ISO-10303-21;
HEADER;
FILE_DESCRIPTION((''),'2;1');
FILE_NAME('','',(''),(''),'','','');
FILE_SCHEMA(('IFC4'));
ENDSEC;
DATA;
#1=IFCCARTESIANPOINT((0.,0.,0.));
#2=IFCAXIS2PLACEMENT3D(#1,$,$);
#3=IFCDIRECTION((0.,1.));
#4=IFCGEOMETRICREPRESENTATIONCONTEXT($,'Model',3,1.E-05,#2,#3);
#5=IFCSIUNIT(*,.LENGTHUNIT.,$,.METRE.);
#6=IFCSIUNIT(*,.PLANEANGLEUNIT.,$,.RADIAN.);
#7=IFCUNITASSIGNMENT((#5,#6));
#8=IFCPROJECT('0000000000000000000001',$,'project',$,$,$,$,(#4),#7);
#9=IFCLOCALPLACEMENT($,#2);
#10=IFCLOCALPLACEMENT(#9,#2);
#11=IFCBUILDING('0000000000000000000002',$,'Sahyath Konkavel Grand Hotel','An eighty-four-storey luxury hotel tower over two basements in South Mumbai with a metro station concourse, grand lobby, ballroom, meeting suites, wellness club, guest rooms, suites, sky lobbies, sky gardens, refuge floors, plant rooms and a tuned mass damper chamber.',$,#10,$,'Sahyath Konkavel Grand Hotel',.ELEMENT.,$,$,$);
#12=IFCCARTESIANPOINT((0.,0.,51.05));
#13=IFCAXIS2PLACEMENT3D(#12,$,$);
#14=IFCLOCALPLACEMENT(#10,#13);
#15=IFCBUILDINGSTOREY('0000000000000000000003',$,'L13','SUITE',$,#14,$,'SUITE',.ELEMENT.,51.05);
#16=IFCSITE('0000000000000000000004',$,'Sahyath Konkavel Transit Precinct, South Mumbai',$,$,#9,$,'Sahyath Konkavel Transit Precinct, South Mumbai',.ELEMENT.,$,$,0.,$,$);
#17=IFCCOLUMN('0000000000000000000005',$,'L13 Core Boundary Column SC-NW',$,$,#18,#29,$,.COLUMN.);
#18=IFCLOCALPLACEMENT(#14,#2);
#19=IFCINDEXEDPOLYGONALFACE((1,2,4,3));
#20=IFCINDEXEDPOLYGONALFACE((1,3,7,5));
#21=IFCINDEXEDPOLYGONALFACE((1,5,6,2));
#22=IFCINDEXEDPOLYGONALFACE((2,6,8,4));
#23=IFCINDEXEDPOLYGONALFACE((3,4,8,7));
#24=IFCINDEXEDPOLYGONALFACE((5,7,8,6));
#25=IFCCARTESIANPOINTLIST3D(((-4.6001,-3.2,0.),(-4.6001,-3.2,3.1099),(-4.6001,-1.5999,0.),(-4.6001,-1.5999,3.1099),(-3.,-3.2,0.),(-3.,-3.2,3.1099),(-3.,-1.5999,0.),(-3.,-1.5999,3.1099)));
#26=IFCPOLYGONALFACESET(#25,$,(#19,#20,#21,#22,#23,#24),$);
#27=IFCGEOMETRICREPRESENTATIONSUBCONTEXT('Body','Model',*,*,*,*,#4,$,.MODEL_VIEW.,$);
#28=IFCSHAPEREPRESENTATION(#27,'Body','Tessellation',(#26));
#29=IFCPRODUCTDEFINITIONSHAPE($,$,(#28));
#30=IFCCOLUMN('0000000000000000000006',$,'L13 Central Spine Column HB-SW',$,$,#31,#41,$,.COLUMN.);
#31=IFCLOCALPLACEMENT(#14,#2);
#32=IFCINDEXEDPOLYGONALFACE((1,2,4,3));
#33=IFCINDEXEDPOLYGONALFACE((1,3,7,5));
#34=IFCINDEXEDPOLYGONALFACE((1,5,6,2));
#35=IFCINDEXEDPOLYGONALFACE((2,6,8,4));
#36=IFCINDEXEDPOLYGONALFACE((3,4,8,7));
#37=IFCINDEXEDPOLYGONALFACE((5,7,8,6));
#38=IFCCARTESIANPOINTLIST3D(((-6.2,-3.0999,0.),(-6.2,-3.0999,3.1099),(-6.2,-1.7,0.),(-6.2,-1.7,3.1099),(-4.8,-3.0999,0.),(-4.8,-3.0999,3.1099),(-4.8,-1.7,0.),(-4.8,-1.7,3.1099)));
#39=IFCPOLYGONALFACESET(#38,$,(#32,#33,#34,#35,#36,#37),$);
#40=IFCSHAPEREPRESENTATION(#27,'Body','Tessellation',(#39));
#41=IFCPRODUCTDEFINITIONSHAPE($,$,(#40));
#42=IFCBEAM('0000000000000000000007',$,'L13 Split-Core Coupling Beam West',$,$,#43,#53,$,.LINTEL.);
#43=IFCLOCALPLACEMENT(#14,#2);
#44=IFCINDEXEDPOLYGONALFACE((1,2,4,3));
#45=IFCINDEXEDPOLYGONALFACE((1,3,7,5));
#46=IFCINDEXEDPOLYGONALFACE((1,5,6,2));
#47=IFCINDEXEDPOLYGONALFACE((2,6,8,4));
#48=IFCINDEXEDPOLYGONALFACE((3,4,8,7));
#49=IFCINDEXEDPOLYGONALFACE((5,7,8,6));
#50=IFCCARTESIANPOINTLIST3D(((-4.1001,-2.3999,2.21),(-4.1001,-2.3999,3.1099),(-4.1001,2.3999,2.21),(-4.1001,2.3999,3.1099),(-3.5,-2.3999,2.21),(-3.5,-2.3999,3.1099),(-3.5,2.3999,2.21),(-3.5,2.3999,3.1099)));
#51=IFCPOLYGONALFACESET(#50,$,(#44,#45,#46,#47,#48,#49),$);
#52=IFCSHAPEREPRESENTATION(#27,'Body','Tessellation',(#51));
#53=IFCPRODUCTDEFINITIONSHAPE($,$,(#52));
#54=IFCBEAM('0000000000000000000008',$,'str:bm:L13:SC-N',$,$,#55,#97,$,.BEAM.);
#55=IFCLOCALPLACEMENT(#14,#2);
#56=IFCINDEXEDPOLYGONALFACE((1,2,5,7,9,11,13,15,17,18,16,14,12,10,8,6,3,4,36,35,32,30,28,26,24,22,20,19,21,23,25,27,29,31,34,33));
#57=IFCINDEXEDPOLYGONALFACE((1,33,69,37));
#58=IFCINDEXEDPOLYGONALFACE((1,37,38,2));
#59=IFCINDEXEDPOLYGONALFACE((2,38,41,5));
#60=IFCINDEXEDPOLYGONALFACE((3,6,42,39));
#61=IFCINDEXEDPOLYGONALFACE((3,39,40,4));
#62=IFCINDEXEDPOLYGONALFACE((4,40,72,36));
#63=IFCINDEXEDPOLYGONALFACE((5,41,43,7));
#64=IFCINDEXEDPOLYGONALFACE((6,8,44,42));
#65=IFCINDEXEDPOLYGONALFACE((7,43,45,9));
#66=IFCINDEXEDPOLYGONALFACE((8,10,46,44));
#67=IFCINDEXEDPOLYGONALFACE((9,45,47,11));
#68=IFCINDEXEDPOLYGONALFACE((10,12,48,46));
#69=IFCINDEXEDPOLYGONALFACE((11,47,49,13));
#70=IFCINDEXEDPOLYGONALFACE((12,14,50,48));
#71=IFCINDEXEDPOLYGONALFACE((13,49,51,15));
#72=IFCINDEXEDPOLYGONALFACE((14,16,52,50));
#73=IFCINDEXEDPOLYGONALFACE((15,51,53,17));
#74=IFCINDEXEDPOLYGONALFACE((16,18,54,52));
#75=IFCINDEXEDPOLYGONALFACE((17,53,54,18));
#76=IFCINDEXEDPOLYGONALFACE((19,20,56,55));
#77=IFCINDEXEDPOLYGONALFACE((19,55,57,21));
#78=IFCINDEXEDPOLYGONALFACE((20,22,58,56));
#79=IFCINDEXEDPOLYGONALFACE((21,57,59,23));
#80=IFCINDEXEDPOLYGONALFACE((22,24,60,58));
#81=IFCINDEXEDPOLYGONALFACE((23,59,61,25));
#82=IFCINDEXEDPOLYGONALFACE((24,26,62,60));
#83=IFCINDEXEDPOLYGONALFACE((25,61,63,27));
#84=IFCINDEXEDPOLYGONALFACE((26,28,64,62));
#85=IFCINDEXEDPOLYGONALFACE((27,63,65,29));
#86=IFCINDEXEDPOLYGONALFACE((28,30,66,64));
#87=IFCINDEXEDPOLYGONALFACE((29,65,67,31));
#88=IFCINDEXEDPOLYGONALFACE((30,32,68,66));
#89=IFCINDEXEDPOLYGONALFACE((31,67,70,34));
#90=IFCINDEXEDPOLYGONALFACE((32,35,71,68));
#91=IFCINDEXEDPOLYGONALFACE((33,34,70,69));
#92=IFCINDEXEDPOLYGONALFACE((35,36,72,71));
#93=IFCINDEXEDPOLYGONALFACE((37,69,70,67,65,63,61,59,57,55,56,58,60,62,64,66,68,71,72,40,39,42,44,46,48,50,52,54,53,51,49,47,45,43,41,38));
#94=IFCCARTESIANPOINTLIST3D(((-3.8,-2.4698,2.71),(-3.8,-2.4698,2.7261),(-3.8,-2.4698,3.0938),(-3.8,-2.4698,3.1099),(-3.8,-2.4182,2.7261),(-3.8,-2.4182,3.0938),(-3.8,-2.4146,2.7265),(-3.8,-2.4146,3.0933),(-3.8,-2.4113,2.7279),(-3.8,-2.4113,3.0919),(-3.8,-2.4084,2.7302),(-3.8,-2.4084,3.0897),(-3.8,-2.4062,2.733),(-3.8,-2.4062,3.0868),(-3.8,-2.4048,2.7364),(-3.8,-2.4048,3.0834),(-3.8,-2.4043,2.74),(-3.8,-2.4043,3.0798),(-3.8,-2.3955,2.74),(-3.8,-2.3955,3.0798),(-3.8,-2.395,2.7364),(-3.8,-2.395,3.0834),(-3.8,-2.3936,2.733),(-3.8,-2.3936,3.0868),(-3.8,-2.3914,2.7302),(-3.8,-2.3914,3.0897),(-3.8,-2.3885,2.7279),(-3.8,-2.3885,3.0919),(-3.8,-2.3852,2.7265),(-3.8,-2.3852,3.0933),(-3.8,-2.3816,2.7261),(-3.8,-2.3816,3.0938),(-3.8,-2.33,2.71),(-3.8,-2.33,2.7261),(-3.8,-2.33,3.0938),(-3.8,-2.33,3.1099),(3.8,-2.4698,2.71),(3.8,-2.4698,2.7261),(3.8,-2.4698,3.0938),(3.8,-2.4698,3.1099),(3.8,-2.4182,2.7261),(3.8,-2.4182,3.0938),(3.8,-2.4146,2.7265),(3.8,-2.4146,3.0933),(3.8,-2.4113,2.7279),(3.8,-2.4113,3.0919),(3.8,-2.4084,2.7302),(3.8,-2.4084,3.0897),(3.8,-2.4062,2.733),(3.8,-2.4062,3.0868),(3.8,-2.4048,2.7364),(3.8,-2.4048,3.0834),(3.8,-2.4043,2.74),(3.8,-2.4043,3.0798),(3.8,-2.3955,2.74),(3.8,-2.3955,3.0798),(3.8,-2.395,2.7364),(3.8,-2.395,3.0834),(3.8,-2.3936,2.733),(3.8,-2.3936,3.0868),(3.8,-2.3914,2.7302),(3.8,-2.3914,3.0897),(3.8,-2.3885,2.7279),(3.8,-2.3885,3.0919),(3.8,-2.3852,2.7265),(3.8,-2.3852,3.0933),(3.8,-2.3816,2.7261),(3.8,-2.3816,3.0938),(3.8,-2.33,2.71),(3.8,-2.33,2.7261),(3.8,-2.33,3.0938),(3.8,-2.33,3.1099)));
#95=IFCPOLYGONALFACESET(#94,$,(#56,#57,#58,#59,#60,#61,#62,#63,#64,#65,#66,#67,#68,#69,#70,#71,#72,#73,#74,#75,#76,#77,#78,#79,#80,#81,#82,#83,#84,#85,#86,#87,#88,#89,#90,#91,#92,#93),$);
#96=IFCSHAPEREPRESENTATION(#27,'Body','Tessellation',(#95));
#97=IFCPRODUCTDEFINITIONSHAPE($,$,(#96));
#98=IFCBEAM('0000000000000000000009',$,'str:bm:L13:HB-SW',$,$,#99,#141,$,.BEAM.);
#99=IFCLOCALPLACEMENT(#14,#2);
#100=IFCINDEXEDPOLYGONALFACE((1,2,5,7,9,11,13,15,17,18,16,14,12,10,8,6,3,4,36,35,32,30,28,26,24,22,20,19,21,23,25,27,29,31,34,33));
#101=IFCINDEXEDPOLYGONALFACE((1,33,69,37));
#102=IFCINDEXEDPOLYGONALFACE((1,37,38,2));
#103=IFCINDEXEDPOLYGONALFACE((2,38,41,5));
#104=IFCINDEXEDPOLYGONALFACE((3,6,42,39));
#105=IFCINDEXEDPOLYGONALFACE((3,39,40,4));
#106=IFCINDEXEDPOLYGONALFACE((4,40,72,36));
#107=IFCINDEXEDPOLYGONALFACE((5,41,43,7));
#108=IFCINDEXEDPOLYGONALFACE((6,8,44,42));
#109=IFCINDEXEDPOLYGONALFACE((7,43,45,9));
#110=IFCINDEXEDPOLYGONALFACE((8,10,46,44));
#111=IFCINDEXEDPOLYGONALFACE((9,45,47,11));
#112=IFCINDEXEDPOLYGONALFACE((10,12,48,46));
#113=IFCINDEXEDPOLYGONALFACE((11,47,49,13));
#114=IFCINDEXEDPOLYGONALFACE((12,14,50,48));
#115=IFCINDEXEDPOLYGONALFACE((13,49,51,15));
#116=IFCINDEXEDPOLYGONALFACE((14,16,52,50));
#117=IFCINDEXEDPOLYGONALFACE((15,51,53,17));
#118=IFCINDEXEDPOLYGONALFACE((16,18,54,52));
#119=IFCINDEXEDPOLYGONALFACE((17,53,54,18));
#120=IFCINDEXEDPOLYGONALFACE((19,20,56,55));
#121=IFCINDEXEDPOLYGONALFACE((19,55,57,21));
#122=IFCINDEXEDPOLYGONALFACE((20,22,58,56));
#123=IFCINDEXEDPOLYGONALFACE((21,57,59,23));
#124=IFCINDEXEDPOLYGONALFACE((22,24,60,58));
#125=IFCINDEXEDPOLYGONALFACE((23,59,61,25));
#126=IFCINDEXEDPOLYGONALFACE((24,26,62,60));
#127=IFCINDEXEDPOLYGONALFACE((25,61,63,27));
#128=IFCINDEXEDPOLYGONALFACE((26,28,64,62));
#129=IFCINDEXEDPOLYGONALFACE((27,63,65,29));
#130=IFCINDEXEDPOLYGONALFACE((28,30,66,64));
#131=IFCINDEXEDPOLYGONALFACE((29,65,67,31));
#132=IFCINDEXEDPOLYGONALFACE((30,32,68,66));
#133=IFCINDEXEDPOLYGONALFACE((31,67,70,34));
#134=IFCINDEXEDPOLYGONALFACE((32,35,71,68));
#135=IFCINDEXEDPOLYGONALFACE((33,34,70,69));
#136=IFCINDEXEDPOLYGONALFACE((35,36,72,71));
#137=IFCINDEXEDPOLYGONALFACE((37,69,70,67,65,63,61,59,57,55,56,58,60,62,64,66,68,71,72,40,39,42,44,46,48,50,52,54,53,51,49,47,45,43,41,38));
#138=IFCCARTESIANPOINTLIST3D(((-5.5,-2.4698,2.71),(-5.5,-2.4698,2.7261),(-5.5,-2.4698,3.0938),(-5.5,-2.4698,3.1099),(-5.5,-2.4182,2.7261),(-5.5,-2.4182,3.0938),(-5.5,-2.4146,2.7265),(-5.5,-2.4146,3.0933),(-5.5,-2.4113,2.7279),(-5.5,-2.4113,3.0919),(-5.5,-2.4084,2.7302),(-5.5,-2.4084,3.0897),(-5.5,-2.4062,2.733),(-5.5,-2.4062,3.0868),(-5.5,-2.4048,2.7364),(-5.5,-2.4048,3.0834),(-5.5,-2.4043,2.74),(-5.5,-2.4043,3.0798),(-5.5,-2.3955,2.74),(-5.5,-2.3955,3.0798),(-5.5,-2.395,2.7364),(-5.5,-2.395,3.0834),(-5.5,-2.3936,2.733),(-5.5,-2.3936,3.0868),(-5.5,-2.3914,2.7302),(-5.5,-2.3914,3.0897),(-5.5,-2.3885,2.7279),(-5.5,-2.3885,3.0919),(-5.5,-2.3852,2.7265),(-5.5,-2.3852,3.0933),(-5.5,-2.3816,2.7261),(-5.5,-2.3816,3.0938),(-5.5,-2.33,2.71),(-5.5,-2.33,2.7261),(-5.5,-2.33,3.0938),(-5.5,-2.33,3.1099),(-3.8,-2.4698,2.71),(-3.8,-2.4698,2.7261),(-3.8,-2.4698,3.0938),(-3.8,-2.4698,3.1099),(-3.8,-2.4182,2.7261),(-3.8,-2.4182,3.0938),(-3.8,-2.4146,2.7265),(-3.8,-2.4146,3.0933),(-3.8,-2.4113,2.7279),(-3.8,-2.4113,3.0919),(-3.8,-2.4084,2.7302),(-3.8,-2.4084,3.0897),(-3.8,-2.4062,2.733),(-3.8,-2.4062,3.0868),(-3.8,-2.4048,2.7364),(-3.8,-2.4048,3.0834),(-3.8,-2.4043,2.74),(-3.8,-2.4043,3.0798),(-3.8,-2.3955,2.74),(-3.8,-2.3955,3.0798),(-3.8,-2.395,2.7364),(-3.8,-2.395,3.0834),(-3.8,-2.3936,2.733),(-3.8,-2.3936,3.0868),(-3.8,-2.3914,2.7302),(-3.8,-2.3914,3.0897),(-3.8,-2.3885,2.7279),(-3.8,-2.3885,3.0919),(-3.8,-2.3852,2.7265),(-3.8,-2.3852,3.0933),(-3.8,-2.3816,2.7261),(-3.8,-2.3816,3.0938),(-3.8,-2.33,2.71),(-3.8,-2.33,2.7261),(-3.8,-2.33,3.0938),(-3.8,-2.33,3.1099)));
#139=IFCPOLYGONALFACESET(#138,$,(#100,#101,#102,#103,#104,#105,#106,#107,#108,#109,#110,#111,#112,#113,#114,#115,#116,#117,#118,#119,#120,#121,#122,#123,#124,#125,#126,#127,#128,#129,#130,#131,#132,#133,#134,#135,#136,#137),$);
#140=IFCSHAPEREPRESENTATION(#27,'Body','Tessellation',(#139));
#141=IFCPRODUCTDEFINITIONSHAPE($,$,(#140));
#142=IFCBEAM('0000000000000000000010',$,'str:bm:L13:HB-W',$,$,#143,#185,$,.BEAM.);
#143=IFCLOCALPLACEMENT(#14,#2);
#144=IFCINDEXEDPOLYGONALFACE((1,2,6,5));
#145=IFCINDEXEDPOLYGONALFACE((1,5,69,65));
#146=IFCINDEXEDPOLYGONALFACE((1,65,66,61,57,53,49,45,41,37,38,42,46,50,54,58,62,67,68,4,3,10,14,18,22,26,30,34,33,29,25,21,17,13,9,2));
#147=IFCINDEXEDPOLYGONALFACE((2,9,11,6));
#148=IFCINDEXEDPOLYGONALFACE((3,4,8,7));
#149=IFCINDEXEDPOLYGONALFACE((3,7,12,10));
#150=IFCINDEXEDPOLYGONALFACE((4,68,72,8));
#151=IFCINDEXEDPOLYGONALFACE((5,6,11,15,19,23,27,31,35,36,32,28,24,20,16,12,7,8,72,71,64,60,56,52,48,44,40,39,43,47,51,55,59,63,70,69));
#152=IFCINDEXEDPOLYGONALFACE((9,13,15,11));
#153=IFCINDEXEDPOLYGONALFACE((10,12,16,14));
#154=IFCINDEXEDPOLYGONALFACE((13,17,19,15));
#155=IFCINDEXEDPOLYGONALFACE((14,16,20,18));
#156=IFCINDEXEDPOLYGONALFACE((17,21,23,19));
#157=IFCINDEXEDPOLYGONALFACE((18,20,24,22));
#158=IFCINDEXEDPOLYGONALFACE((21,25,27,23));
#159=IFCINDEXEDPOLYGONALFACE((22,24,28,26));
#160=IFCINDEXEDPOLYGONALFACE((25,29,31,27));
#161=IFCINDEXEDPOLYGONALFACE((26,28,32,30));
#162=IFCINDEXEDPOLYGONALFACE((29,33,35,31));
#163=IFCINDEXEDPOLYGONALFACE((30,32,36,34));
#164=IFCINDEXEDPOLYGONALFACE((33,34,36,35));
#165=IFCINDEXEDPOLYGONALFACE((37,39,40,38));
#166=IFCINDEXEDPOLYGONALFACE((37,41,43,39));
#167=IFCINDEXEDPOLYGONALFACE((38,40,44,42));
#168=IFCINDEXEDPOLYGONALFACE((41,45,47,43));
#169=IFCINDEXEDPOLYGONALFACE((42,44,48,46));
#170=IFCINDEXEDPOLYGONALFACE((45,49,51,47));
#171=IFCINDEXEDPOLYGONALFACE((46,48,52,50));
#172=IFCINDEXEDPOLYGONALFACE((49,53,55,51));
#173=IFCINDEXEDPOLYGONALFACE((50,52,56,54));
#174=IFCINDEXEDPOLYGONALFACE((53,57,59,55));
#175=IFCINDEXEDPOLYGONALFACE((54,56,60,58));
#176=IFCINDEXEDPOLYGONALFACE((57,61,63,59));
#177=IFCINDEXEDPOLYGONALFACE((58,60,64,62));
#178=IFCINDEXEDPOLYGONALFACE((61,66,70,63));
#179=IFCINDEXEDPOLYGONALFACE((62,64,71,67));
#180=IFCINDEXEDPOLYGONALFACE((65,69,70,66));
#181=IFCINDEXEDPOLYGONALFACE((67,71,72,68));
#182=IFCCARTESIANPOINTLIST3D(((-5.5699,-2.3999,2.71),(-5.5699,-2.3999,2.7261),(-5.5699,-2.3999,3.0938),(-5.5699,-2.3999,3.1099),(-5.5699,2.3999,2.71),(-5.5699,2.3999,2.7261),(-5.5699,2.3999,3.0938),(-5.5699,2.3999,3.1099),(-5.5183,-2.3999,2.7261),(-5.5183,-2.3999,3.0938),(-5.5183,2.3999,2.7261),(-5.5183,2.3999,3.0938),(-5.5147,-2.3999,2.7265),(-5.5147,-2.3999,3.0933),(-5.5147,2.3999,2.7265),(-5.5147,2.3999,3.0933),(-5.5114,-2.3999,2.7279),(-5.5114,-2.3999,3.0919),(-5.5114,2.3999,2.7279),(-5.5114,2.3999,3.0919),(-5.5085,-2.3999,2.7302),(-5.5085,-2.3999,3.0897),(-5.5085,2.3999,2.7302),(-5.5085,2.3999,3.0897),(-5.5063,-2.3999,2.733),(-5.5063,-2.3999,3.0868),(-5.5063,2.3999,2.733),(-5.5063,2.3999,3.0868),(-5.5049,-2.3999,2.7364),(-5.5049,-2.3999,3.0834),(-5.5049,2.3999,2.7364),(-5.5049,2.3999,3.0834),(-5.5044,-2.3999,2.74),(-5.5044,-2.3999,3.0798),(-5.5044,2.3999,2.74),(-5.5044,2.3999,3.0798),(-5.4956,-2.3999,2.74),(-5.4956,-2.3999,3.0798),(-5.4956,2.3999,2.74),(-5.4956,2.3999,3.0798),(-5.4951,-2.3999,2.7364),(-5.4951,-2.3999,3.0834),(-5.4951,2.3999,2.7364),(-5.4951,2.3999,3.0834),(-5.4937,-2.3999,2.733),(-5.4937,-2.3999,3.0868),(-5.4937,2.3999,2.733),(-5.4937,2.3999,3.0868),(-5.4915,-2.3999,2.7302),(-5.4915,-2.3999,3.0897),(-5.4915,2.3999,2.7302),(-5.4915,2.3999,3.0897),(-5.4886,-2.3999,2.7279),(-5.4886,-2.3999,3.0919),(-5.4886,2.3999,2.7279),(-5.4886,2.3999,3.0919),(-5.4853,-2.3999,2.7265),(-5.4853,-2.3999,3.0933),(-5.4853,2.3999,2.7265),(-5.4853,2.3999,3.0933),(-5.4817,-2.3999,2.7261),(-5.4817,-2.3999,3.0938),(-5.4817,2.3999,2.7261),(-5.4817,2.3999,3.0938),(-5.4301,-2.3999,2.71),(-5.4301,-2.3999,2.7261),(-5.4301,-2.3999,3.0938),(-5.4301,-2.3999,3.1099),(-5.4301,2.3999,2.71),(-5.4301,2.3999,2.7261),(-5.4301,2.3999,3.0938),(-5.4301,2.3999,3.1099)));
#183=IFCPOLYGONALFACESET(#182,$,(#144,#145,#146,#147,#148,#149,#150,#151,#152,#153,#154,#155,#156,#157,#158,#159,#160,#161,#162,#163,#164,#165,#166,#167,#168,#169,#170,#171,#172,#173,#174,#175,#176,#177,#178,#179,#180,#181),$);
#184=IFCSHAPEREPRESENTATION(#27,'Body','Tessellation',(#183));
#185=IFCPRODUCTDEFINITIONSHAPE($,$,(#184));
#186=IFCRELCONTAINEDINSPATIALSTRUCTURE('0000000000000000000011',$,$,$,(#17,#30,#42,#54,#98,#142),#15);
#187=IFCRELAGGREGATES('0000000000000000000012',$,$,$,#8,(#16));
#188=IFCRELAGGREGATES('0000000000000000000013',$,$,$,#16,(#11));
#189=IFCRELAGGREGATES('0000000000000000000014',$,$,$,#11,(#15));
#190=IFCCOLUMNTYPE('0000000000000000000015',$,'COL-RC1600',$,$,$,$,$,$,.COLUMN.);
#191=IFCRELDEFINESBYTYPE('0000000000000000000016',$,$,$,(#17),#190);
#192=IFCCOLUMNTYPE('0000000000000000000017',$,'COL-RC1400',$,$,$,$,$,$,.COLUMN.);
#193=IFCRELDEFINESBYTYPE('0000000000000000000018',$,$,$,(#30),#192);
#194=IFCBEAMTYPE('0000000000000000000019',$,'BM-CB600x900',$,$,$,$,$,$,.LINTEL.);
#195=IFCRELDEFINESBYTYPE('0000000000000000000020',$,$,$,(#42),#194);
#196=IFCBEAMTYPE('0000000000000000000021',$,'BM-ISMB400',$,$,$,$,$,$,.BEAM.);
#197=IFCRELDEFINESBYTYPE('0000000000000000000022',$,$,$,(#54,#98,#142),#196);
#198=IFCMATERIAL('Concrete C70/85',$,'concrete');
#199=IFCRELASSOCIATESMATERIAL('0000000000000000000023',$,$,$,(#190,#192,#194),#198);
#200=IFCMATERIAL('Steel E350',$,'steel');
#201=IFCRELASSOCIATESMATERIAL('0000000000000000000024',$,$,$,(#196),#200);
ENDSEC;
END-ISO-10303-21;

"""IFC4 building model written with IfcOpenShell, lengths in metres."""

from ifc_helpers import new_model, si_unit, direction, frame, origin, origin_2d, place, context, subcontext, project, spatial, rectangle, i_section, extrude, source, transform, mapped, material, material_profile, profile_set, type_object, element, save


model = new_model("IFC4")

# Units and contexts
model_context = context("Model", 3, precision=1e-05, world=origin(), true_north=direction((0.0, 1.0)))
body_context = subcontext(model_context, "Body", "Model", "MODEL_VIEW")
ifc_project = project(units=[si_unit("LENGTHUNIT", "METRE"), si_unit("PLANEANGLEUNIT", "RADIAN")], contexts=[model_context])

# Site, building, storey
site_placement = place(None, origin())
site = spatial("IfcSite", under=ifc_project, at=site_placement, Name="Sahyath Konkavel Transit Precinct, South Mumbai", LongName="Sahyath Konkavel Transit Precinct, South Mumbai", CompositionType="ELEMENT", RefElevation=0.0)
building_placement = place(site_placement, origin())
building = spatial("IfcBuilding", under=site, at=building_placement, Name="Sahyath Konkavel Grand Hotel", Description="An eighty-four-storey luxury hotel tower over two basements in South Mumbai with a metro station concourse, grand lobby, ballroom, meeting suites, wellness club, guest rooms, suites, sky lobbies, sky gardens, refuge floors, plant rooms and a tuned mass damper chamber.", LongName="Sahyath Konkavel Grand Hotel", CompositionType="ELEMENT")
storey_placement = place(building_placement, frame((0.0, 0.0, 51.05)))
storey = spatial("IfcBuildingStorey", under=building, at=storey_placement, Name="L13", Description="SUITE", LongName="SUITE", CompositionType="ELEMENT", Elevation=51.05)

# Columns
ifc_material_1 = material(Name="Concrete C70/85", Category="concrete")
ifc_material_profile_1 = material_profile(ifc_material_1, rectangle(XDim=1.6001, YDim=1.6001, at=origin_2d()), Name="RC 1600x1600")
ifc_profile_set_1 = profile_set([ifc_material_profile_1], Name="Concrete C70/85")
column_type_1 = type_object("IfcColumnType", Name="COL-RC1600", PredefinedType="COLUMN", material=ifc_profile_set_1)
shared_shape_1 = source(origin(), body_context, "Body", "SweptSolid", [
    extrude(rectangle(XDim=1.6001, YDim=1.6001, at=origin_2d()), origin(), (0.0, 0.0, 1.0), 3.1099),
])
column_1_placement = place(storey_placement, frame((-3.8, -2.3999, 0.0), z_axis=(0.0, 0.0, 1.0), x_axis=(1.0, 0.0, 0.0)))
element("IfcColumn", 1, at=column_1_placement, inside=storey, type_object=column_type_1, Name="L13 Core Boundary Column SC-NW", PredefinedType="COLUMN", context=body_context, shape_type="MappedRepresentation", body=[
    mapped(shared_shape_1, transform((0.0, 0.0, 0.0), scale=1.0)),
])
ifc_material_profile_2 = material_profile(ifc_material_1, rectangle(XDim=1.3999, YDim=1.3999, at=origin_2d()), Name="RC 1400x1400")
ifc_profile_set_2 = profile_set([ifc_material_profile_2], Name="Concrete C70/85")
column_type_2 = type_object("IfcColumnType", Name="COL-RC1400", PredefinedType="COLUMN", material=ifc_profile_set_2)
shared_shape_2 = source(origin(), body_context, "Body", "SweptSolid", [
    extrude(rectangle(XDim=1.3999, YDim=1.3999, at=origin_2d()), origin(), (0.0, 0.0, 1.0), 3.1099),
])
column_2_placement = place(storey_placement, frame((-5.5, -2.3999, 0.0), z_axis=(0.0, 0.0, 1.0), x_axis=(1.0, 0.0, 0.0)))
element("IfcColumn", 2, at=column_2_placement, inside=storey, type_object=column_type_2, Name="L13 Central Spine Column HB-SW", PredefinedType="COLUMN", context=body_context, shape_type="MappedRepresentation", body=[
    mapped(shared_shape_2, transform((0.0, 0.0, 0.0), scale=1.0)),
])

# Beams
ifc_material_profile_3 = material_profile(ifc_material_1, rectangle(XDim=0.6001, YDim=0.8999, at=origin_2d()), Name="RC 600x900")
ifc_profile_set_3 = profile_set([ifc_material_profile_3], Name="Concrete C70/85")
beam_type_1 = type_object("IfcBeamType", Name="BM-CB600x900", PredefinedType="LINTEL", material=ifc_profile_set_3)
shared_shape_3 = source(origin(), body_context, "Body", "SweptSolid", [
    extrude(rectangle(XDim=0.6001, YDim=0.8999, at=origin_2d()), origin(), (0.0, 0.0, 1.0), 4.7998),
])
beam_1_placement = place(storey_placement, frame((-3.8, -2.3999, 2.6599), z_axis=(0.0, 1.0, 0.0), x_axis=(-1.0, 0.0, 0.0)))
element("IfcBeam", 3, at=beam_1_placement, inside=storey, type_object=beam_type_1, Name="L13 Split-Core Coupling Beam West", PredefinedType="LINTEL", context=body_context, shape_type="MappedRepresentation", body=[
    mapped(shared_shape_3, transform((0.0, 0.0, 0.0), scale=1.0)),
])
ifc_material_2 = material(Name="Steel E350", Category="steel")
ifc_material_profile_4 = material_profile(ifc_material_2, i_section(OverallWidth=0.1399, OverallDepth=0.3999, WebThickness=0.0088, FlangeThickness=0.0161, FilletRadius=0.0139, at=origin_2d()), Name="ISMB 400")
ifc_profile_set_4 = profile_set([ifc_material_profile_4], Name="Steel E350")
beam_type_2 = type_object("IfcBeamType", Name="BM-ISMB400", PredefinedType="BEAM", material=ifc_profile_set_4)
shared_shape_4 = source(origin(), body_context, "Body", "SweptSolid", [
    extrude(i_section(OverallWidth=0.1399, OverallDepth=0.3999, WebThickness=0.0088, FlangeThickness=0.0161, FilletRadius=0.0139, at=origin_2d()), origin(), (0.0, 0.0, 1.0), 7.6001),
])
beam_2_placement = place(storey_placement, frame((-3.8, -2.3999, 2.9099), z_axis=(1.0, 0.0, 0.0), x_axis=(0.0, 1.0, 0.0)))
element("IfcBeam", 4, at=beam_2_placement, inside=storey, type_object=beam_type_2, Name="str:bm:L13:SC-N", PredefinedType="BEAM", context=body_context, shape_type="MappedRepresentation", body=[
    mapped(shared_shape_4, transform((0.0, 0.0, 0.0), scale=1.0)),
])
shared_shape_5 = source(origin(), body_context, "Body", "SweptSolid", [
    extrude(i_section(OverallWidth=0.1399, OverallDepth=0.3999, WebThickness=0.0088, FlangeThickness=0.0161, FilletRadius=0.0139, at=origin_2d()), origin(), (0.0, 0.0, 1.0), 1.7),
])
beam_3_placement = place(storey_placement, frame((-5.5, -2.3999, 2.9099), z_axis=(1.0, 0.0, 0.0), x_axis=(0.0, 1.0, 0.0)))
element("IfcBeam", 5, at=beam_3_placement, inside=storey, type_object=beam_type_2, Name="str:bm:L13:HB-SW", PredefinedType="BEAM", context=body_context, shape_type="MappedRepresentation", body=[
    mapped(shared_shape_5, transform((0.0, 0.0, 0.0), scale=1.0)),
])
shared_shape_6 = source(origin(), body_context, "Body", "SweptSolid", [
    extrude(i_section(OverallWidth=0.1399, OverallDepth=0.3999, WebThickness=0.0088, FlangeThickness=0.0161, FilletRadius=0.0139, at=origin_2d()), origin(), (0.0, 0.0, 1.0), 4.7998),
])
beam_4_placement = place(storey_placement, frame((-5.5, -2.3999, 2.9099), z_axis=(0.0, 1.0, 0.0), x_axis=(-1.0, 0.0, 0.0)))
element("IfcBeam", 6, at=beam_4_placement, inside=storey, type_object=beam_type_2, Name="str:bm:L13:HB-W", PredefinedType="BEAM", context=body_context, shape_type="MappedRepresentation", body=[
    mapped(shared_shape_6, transform((0.0, 0.0, 0.0), scale=1.0)),
])

save(model, "model.ifc")
